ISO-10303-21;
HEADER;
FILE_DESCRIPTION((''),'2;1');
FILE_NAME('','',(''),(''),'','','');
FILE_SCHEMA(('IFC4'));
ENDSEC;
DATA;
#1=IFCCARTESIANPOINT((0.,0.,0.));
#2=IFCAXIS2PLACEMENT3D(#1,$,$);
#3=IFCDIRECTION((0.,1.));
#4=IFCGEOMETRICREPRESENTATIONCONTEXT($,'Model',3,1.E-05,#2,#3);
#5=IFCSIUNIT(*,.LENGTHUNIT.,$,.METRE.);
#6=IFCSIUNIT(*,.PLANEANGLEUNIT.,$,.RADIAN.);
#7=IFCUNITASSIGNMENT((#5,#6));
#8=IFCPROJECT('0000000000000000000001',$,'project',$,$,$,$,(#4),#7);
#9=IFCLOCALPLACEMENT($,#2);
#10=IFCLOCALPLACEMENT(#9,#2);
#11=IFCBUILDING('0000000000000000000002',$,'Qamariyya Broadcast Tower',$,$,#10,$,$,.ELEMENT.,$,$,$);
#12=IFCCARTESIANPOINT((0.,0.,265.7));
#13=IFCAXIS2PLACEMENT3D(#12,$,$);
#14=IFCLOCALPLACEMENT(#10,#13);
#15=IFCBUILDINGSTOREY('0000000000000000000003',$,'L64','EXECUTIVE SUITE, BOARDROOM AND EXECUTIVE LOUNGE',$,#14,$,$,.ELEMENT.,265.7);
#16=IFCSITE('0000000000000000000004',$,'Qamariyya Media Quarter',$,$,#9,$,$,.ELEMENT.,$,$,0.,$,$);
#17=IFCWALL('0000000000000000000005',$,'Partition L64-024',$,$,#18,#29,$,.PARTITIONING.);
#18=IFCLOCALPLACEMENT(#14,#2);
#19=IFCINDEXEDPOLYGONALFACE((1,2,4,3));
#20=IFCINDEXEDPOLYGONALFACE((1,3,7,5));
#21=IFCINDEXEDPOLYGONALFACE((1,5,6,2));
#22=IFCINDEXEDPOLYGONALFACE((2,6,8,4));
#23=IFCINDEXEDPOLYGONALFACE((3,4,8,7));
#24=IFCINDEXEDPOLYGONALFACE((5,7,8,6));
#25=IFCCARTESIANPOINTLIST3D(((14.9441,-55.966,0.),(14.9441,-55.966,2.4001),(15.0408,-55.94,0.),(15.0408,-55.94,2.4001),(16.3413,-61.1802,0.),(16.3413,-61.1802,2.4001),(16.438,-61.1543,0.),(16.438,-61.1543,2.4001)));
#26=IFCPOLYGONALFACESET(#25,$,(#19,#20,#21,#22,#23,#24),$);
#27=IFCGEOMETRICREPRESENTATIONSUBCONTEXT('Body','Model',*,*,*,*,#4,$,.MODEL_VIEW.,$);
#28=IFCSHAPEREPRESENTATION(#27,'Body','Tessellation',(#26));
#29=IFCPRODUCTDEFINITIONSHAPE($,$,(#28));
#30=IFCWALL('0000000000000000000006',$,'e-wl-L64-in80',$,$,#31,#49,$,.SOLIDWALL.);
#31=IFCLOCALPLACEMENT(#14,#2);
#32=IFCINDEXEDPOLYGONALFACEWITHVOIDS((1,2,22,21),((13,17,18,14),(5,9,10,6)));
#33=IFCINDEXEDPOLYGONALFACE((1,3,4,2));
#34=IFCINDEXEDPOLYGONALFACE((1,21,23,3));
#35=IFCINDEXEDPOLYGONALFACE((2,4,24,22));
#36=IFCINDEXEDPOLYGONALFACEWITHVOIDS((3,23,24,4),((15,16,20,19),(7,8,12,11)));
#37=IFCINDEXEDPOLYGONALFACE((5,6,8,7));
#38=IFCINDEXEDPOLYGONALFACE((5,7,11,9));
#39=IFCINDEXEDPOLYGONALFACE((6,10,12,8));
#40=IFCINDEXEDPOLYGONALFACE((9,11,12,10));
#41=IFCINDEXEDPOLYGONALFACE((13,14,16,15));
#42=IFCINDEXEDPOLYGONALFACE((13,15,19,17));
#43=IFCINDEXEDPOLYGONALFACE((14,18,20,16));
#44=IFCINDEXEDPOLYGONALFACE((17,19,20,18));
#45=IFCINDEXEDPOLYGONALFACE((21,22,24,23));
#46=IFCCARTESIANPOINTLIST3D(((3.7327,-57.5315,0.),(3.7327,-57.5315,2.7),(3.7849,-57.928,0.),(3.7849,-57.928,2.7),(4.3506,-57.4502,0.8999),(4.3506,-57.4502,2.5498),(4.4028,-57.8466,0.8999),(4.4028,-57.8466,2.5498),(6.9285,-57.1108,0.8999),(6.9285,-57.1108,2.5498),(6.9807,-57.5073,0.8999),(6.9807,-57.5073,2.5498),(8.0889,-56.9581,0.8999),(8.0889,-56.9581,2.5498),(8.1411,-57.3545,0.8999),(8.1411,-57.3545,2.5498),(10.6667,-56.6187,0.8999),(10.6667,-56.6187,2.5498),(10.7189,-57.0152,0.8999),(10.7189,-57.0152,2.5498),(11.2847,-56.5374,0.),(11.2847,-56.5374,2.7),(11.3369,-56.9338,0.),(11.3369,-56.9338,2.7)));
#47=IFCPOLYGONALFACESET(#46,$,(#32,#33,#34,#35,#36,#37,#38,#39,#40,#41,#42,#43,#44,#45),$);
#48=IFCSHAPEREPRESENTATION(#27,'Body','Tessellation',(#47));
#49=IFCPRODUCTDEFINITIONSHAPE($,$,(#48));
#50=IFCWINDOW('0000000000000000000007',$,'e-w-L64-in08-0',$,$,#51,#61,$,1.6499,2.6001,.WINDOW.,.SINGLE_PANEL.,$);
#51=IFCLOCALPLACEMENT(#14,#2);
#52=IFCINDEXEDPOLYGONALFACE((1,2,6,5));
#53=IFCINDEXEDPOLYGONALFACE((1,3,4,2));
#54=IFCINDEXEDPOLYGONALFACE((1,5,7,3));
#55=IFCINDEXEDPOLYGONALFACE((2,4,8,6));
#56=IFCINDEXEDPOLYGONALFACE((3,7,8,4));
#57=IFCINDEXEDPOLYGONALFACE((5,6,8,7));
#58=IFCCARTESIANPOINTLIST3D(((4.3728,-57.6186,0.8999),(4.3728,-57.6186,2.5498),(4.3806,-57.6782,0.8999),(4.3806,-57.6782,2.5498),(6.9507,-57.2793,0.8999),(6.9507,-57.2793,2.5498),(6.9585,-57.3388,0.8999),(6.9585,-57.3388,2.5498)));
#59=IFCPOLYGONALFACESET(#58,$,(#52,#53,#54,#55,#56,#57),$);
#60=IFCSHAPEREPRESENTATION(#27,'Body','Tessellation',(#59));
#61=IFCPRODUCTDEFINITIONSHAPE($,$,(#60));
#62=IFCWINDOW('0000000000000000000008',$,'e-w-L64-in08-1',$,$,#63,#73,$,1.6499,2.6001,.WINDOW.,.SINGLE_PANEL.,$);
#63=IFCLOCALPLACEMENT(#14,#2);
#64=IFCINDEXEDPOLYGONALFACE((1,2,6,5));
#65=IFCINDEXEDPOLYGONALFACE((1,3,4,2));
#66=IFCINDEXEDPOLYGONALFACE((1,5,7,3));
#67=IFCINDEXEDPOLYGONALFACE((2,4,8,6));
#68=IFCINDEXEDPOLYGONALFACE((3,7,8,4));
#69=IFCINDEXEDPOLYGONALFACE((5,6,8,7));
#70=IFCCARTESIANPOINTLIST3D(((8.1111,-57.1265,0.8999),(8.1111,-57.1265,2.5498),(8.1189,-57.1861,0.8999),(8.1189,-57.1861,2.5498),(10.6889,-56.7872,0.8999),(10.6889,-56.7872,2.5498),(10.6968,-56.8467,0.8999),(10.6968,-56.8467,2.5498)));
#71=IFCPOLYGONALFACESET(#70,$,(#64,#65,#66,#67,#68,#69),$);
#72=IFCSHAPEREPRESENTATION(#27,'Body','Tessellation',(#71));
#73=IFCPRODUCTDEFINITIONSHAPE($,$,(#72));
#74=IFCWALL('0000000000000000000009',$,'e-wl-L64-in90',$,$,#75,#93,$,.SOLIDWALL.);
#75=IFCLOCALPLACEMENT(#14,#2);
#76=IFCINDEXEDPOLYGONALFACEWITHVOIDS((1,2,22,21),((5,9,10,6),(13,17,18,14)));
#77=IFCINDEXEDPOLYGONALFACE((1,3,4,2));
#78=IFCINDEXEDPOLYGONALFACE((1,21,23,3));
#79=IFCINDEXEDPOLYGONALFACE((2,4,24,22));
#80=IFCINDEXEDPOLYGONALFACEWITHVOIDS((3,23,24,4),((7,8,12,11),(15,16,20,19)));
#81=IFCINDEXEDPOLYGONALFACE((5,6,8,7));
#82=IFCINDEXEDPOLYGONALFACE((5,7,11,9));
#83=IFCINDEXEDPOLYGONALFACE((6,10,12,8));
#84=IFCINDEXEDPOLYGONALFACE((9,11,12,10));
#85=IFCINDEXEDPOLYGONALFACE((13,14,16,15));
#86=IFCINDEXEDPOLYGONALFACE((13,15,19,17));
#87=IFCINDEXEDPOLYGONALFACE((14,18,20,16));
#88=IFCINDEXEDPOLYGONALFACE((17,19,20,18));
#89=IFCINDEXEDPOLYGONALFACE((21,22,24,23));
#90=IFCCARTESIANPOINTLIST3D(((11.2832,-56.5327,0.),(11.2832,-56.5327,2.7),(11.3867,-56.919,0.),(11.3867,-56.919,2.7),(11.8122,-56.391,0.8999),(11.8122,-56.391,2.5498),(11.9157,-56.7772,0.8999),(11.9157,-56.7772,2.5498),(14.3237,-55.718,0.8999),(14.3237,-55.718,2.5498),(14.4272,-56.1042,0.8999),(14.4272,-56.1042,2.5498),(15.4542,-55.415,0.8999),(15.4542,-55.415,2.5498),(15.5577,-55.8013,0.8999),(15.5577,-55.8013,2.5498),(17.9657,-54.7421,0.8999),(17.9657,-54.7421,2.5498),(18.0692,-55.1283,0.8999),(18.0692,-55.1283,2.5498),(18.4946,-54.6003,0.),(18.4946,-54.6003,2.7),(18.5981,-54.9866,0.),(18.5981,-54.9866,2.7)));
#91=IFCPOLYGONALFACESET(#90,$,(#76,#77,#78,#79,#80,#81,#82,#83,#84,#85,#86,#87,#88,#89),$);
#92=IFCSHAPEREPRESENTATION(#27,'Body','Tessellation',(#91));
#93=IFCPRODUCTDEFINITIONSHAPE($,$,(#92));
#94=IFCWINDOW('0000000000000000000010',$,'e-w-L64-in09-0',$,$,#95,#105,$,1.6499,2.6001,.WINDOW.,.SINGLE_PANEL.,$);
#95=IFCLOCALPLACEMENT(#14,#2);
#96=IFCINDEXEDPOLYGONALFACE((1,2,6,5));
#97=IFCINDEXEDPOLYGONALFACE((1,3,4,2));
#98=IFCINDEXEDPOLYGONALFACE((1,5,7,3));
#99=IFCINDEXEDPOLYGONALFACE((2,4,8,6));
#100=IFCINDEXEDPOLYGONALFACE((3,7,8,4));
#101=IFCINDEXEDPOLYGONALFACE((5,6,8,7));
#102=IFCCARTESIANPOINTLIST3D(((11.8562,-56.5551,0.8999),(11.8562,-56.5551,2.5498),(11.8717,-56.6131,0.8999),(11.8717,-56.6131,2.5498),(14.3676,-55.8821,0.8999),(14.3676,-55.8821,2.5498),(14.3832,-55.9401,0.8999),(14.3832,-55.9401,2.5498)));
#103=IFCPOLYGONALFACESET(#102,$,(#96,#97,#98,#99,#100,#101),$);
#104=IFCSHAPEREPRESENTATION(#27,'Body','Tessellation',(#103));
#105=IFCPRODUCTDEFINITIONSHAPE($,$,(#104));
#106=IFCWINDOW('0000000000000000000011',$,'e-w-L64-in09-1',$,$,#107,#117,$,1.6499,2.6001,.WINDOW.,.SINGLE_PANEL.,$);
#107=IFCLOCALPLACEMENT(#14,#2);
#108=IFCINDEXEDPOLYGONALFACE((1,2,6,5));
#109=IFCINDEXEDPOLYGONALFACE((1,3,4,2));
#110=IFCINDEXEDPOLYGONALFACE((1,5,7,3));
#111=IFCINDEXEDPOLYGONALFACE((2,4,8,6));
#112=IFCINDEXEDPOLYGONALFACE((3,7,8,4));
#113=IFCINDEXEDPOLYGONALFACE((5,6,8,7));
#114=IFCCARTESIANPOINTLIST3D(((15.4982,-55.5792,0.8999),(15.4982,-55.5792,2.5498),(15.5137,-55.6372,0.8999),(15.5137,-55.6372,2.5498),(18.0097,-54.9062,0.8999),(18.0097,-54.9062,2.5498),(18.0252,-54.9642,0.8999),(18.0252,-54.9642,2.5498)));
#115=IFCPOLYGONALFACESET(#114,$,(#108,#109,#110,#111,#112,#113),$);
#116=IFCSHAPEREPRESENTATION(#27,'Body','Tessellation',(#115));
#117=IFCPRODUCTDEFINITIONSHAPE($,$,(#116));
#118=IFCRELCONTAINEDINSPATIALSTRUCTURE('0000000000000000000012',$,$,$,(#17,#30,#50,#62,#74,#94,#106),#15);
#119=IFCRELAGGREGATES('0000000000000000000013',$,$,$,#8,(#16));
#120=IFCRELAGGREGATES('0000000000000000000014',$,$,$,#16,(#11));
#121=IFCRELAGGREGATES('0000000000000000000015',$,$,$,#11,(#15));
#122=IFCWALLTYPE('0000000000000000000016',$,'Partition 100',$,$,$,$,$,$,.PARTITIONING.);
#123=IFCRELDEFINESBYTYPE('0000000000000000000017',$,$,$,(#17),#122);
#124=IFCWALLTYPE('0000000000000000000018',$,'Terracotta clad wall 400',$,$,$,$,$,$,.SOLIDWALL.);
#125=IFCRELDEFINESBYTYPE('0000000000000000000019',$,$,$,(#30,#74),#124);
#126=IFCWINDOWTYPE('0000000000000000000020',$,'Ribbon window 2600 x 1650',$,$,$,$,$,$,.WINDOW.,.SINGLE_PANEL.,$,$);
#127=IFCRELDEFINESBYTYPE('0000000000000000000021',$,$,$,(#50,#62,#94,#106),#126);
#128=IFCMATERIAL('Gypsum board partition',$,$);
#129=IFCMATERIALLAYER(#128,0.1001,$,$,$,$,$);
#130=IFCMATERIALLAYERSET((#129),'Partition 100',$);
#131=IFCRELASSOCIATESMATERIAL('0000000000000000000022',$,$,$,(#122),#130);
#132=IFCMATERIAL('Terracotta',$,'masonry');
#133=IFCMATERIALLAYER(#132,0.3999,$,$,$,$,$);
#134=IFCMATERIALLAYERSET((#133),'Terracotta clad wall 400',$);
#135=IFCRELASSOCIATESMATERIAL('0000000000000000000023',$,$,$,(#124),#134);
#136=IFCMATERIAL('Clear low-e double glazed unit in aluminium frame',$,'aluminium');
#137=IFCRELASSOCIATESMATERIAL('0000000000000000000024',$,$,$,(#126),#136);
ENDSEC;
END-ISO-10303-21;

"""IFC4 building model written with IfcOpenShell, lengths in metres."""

from ifc_helpers import new_model, si_unit, direction, frame, frame_2d, origin, place, context, subcontext, project, spatial, rectangle, extrude, material, layer, layer_set, type_object, element, fill, save


model = new_model("IFC4")

# Units and contexts
model_context = context("Model", 3, precision=1e-05, world=origin(), true_north=direction((0.0, 1.0)))
body_context = subcontext(model_context, "Body", "Model", "MODEL_VIEW")
ifc_project = project(units=[si_unit("LENGTHUNIT", "METRE"), si_unit("PLANEANGLEUNIT", "RADIAN")], contexts=[model_context])

# Site, building, storey
site_placement = place(None, origin())
site = spatial("IfcSite", under=ifc_project, at=site_placement, Name="Qamariyya Media Quarter", CompositionType="ELEMENT", RefElevation=0.0)
building_placement = place(site_placement, origin())
building = spatial("IfcBuilding", under=site, at=building_placement, Name="Qamariyya Broadcast Tower", CompositionType="ELEMENT")
storey_placement = place(building_placement, frame((0.0, 0.0, 265.7)))
storey = spatial("IfcBuildingStorey", under=building, at=storey_placement, Name="L64", Description="EXECUTIVE SUITE, BOARDROOM AND EXECUTIVE LOUNGE", CompositionType="ELEMENT", Elevation=265.7)

# Wall
ifc_material_1 = material(Name="Gypsum board partition")
ifc_layer_1 = layer(ifc_material_1, 0.1001)
ifc_layer_set_1 = layer_set([ifc_layer_1], Name="Partition 100")
wall_type_1 = type_object("IfcWallType", Name="Partition 100", PredefinedType="PARTITIONING", material=ifc_layer_set_1)
wall_1_placement = place(storey_placement, frame((14.9924, -55.9529, 0.0), z_axis=(0.0, 0.0, 1.0), x_axis=(0.258825, -0.965924, 0.0)))
element("IfcWall", 1, at=wall_1_placement, inside=storey, type_object=wall_type_1, Name="Partition L64-024", PredefinedType="PARTITIONING", context=body_context, shape_type="SweptSolid", body=[
    extrude(rectangle(XDim=5.3982, YDim=0.1001, at=frame_2d((2.6992, 0.0))), origin(), (0.0, 0.0, 1.0), 2.4001),
])

# Walls, openings, windows
ifc_material_2 = material(Name="Terracotta", Category="masonry")
ifc_layer_2 = layer(ifc_material_2, 0.3999)
ifc_layer_set_2 = layer_set([ifc_layer_2], Name="Terracotta clad wall 400")
wall_type_2 = type_object("IfcWallType", Name="Terracotta clad wall 400", PredefinedType="SOLIDWALL", material=ifc_layer_set_2)
wall_2_placement = place(storey_placement, frame((11.3108, -56.7356, 0.0), z_axis=(0.0, 0.0, 1.0), x_axis=(-0.991447, -0.130513, 0.0)))
wall_2 = element("IfcWall", 2, at=wall_2_placement, inside=storey, type_object=wall_type_2, Name="e-wl-L64-in80", PredefinedType="SOLIDWALL", context=body_context, shape_type="SweptSolid", body=[
    extrude(rectangle(XDim=7.6172, YDim=0.3999, at=frame_2d((3.8086, 0.0))), origin(), (0.0, 0.0, 1.0), 2.7),
])
opening_1_placement = place(wall_2_placement, frame((4.3938, 0.0, 0.8999)))
opening_1 = element("IfcOpeningElement", 3, at=opening_1_placement, cuts=wall_2, PredefinedType="OPENING", context=body_context, shape_type="SweptSolid", body=[
    extrude(rectangle(XDim=2.6001, YDim=1.6499, at=frame_2d((1.3, 0.825))), frame((0.0, 0.21, 0.0), z_axis=(0.0, -1.0, 0.0), x_axis=(1.0, 0.0, 0.0)), (0.0, 0.0, 1.0), 0.4199),
])
opening_2_placement = place(wall_2_placement, frame((0.6233, 0.0, 0.8999)))
opening_2 = element("IfcOpeningElement", 4, at=opening_2_placement, cuts=wall_2, PredefinedType="OPENING", context=body_context, shape_type="SweptSolid", body=[
    extrude(rectangle(XDim=2.6001, YDim=1.6499, at=frame_2d((1.3, 0.825))), frame((0.0, 0.21, 0.0), z_axis=(0.0, -1.0, 0.0), x_axis=(1.0, 0.0, 0.0)), (0.0, 0.0, 1.0), 0.4199),
])
ifc_material_3 = material(Name="Clear low-e double glazed unit in aluminium frame", Category="aluminium")
window_type = type_object("IfcWindowType", Name="Ribbon window 2600 x 1650", PartitioningType="SINGLE_PANEL", PredefinedType="WINDOW", material=ifc_material_3)
window_1_placement = place(opening_1_placement, origin())
window_1 = element("IfcWindow", 5, at=window_1_placement, inside=storey, type_object=window_type, Name="e-w-L64-in08-0", OverallHeight=1.6499, OverallWidth=2.6001, PartitioningType="SINGLE_PANEL", PredefinedType="WINDOW", context=body_context, shape_type="SweptSolid", body=[
    extrude(rectangle(XDim=2.6001, YDim=1.6499, at=frame_2d((1.3, 0.825))), frame((0.0, 0.03, 0.0), z_axis=(0.0, -1.0, 0.0), x_axis=(1.0, 0.0, 0.0)), (0.0, 0.0, 1.0), 0.0601),
])
fill(opening_1, window_1)
window_2_placement = place(opening_2_placement, origin())
window_2 = element("IfcWindow", 6, at=window_2_placement, inside=storey, type_object=window_type, Name="e-w-L64-in08-1", OverallHeight=1.6499, OverallWidth=2.6001, PartitioningType="SINGLE_PANEL", PredefinedType="WINDOW", context=body_context, shape_type="SweptSolid", body=[
    extrude(rectangle(XDim=2.6001, YDim=1.6499, at=frame_2d((1.3, 0.825))), frame((0.0, 0.03, 0.0), z_axis=(0.0, -1.0, 0.0), x_axis=(1.0, 0.0, 0.0)), (0.0, 0.0, 1.0), 0.0601),
])
fill(opening_2, window_2)
wall_3_placement = place(storey_placement, frame((18.5464, -54.7935, 0.0), z_axis=(0.0, 0.0, 1.0), x_axis=(-0.965923, -0.258829, 0.0)))
wall_3 = element("IfcWall", 7, at=wall_3_placement, inside=storey, type_object=wall_type_2, Name="e-wl-L64-in90", PredefinedType="SOLIDWALL", context=body_context, shape_type="SweptSolid", body=[
    extrude(rectangle(XDim=7.4658, YDim=0.3999, at=frame_2d((3.7329, 0.0))), origin(), (0.0, 0.0, 1.0), 2.7),
])
opening_3_placement = place(wall_3_placement, frame((4.3181, 0.0, 0.8999)))
opening_3 = element("IfcOpeningElement", 8, at=opening_3_placement, cuts=wall_3, PredefinedType="OPENING", context=body_context, shape_type="SweptSolid", body=[
    extrude(rectangle(XDim=2.6001, YDim=1.6499, at=frame_2d((1.3, 0.825))), frame((0.0, 0.21, 0.0), z_axis=(0.0, -1.0, 0.0), x_axis=(1.0, 0.0, 0.0)), (0.0, 0.0, 1.0), 0.4199),
])
opening_4_placement = place(wall_3_placement, frame((0.5476, 0.0, 0.8999)))
opening_4 = element("IfcOpeningElement", 9, at=opening_4_placement, cuts=wall_3, PredefinedType="OPENING", context=body_context, shape_type="SweptSolid", body=[
    extrude(rectangle(XDim=2.6001, YDim=1.6499, at=frame_2d((1.3, 0.825))), frame((0.0, 0.21, 0.0), z_axis=(0.0, -1.0, 0.0), x_axis=(1.0, 0.0, 0.0)), (0.0, 0.0, 1.0), 0.4199),
])
window_3_placement = place(opening_3_placement, origin())
window_3 = element("IfcWindow", 10, at=window_3_placement, inside=storey, type_object=window_type, Name="e-w-L64-in09-0", OverallHeight=1.6499, OverallWidth=2.6001, PartitioningType="SINGLE_PANEL", PredefinedType="WINDOW", context=body_context, shape_type="SweptSolid", body=[
    extrude(rectangle(XDim=2.6001, YDim=1.6499, at=frame_2d((1.3, 0.825))), frame((0.0, 0.03, 0.0), z_axis=(0.0, -1.0, 0.0), x_axis=(1.0, 0.0, 0.0)), (0.0, 0.0, 1.0), 0.0601),
])
fill(opening_3, window_3)
window_4_placement = place(opening_4_placement, origin())
window_4 = element("IfcWindow", 11, at=window_4_placement, inside=storey, type_object=window_type, Name="e-w-L64-in09-1", OverallHeight=1.6499, OverallWidth=2.6001, PartitioningType="SINGLE_PANEL", PredefinedType="WINDOW", context=body_context, shape_type="SweptSolid", body=[
    extrude(rectangle(XDim=2.6001, YDim=1.6499, at=frame_2d((1.3, 0.825))), frame((0.0, 0.03, 0.0), z_axis=(0.0, -1.0, 0.0), x_axis=(1.0, 0.0, 0.0)), (0.0, 0.0, 1.0), 0.0601),
])
fill(opening_4, window_4)

save(model, "model.ifc")
